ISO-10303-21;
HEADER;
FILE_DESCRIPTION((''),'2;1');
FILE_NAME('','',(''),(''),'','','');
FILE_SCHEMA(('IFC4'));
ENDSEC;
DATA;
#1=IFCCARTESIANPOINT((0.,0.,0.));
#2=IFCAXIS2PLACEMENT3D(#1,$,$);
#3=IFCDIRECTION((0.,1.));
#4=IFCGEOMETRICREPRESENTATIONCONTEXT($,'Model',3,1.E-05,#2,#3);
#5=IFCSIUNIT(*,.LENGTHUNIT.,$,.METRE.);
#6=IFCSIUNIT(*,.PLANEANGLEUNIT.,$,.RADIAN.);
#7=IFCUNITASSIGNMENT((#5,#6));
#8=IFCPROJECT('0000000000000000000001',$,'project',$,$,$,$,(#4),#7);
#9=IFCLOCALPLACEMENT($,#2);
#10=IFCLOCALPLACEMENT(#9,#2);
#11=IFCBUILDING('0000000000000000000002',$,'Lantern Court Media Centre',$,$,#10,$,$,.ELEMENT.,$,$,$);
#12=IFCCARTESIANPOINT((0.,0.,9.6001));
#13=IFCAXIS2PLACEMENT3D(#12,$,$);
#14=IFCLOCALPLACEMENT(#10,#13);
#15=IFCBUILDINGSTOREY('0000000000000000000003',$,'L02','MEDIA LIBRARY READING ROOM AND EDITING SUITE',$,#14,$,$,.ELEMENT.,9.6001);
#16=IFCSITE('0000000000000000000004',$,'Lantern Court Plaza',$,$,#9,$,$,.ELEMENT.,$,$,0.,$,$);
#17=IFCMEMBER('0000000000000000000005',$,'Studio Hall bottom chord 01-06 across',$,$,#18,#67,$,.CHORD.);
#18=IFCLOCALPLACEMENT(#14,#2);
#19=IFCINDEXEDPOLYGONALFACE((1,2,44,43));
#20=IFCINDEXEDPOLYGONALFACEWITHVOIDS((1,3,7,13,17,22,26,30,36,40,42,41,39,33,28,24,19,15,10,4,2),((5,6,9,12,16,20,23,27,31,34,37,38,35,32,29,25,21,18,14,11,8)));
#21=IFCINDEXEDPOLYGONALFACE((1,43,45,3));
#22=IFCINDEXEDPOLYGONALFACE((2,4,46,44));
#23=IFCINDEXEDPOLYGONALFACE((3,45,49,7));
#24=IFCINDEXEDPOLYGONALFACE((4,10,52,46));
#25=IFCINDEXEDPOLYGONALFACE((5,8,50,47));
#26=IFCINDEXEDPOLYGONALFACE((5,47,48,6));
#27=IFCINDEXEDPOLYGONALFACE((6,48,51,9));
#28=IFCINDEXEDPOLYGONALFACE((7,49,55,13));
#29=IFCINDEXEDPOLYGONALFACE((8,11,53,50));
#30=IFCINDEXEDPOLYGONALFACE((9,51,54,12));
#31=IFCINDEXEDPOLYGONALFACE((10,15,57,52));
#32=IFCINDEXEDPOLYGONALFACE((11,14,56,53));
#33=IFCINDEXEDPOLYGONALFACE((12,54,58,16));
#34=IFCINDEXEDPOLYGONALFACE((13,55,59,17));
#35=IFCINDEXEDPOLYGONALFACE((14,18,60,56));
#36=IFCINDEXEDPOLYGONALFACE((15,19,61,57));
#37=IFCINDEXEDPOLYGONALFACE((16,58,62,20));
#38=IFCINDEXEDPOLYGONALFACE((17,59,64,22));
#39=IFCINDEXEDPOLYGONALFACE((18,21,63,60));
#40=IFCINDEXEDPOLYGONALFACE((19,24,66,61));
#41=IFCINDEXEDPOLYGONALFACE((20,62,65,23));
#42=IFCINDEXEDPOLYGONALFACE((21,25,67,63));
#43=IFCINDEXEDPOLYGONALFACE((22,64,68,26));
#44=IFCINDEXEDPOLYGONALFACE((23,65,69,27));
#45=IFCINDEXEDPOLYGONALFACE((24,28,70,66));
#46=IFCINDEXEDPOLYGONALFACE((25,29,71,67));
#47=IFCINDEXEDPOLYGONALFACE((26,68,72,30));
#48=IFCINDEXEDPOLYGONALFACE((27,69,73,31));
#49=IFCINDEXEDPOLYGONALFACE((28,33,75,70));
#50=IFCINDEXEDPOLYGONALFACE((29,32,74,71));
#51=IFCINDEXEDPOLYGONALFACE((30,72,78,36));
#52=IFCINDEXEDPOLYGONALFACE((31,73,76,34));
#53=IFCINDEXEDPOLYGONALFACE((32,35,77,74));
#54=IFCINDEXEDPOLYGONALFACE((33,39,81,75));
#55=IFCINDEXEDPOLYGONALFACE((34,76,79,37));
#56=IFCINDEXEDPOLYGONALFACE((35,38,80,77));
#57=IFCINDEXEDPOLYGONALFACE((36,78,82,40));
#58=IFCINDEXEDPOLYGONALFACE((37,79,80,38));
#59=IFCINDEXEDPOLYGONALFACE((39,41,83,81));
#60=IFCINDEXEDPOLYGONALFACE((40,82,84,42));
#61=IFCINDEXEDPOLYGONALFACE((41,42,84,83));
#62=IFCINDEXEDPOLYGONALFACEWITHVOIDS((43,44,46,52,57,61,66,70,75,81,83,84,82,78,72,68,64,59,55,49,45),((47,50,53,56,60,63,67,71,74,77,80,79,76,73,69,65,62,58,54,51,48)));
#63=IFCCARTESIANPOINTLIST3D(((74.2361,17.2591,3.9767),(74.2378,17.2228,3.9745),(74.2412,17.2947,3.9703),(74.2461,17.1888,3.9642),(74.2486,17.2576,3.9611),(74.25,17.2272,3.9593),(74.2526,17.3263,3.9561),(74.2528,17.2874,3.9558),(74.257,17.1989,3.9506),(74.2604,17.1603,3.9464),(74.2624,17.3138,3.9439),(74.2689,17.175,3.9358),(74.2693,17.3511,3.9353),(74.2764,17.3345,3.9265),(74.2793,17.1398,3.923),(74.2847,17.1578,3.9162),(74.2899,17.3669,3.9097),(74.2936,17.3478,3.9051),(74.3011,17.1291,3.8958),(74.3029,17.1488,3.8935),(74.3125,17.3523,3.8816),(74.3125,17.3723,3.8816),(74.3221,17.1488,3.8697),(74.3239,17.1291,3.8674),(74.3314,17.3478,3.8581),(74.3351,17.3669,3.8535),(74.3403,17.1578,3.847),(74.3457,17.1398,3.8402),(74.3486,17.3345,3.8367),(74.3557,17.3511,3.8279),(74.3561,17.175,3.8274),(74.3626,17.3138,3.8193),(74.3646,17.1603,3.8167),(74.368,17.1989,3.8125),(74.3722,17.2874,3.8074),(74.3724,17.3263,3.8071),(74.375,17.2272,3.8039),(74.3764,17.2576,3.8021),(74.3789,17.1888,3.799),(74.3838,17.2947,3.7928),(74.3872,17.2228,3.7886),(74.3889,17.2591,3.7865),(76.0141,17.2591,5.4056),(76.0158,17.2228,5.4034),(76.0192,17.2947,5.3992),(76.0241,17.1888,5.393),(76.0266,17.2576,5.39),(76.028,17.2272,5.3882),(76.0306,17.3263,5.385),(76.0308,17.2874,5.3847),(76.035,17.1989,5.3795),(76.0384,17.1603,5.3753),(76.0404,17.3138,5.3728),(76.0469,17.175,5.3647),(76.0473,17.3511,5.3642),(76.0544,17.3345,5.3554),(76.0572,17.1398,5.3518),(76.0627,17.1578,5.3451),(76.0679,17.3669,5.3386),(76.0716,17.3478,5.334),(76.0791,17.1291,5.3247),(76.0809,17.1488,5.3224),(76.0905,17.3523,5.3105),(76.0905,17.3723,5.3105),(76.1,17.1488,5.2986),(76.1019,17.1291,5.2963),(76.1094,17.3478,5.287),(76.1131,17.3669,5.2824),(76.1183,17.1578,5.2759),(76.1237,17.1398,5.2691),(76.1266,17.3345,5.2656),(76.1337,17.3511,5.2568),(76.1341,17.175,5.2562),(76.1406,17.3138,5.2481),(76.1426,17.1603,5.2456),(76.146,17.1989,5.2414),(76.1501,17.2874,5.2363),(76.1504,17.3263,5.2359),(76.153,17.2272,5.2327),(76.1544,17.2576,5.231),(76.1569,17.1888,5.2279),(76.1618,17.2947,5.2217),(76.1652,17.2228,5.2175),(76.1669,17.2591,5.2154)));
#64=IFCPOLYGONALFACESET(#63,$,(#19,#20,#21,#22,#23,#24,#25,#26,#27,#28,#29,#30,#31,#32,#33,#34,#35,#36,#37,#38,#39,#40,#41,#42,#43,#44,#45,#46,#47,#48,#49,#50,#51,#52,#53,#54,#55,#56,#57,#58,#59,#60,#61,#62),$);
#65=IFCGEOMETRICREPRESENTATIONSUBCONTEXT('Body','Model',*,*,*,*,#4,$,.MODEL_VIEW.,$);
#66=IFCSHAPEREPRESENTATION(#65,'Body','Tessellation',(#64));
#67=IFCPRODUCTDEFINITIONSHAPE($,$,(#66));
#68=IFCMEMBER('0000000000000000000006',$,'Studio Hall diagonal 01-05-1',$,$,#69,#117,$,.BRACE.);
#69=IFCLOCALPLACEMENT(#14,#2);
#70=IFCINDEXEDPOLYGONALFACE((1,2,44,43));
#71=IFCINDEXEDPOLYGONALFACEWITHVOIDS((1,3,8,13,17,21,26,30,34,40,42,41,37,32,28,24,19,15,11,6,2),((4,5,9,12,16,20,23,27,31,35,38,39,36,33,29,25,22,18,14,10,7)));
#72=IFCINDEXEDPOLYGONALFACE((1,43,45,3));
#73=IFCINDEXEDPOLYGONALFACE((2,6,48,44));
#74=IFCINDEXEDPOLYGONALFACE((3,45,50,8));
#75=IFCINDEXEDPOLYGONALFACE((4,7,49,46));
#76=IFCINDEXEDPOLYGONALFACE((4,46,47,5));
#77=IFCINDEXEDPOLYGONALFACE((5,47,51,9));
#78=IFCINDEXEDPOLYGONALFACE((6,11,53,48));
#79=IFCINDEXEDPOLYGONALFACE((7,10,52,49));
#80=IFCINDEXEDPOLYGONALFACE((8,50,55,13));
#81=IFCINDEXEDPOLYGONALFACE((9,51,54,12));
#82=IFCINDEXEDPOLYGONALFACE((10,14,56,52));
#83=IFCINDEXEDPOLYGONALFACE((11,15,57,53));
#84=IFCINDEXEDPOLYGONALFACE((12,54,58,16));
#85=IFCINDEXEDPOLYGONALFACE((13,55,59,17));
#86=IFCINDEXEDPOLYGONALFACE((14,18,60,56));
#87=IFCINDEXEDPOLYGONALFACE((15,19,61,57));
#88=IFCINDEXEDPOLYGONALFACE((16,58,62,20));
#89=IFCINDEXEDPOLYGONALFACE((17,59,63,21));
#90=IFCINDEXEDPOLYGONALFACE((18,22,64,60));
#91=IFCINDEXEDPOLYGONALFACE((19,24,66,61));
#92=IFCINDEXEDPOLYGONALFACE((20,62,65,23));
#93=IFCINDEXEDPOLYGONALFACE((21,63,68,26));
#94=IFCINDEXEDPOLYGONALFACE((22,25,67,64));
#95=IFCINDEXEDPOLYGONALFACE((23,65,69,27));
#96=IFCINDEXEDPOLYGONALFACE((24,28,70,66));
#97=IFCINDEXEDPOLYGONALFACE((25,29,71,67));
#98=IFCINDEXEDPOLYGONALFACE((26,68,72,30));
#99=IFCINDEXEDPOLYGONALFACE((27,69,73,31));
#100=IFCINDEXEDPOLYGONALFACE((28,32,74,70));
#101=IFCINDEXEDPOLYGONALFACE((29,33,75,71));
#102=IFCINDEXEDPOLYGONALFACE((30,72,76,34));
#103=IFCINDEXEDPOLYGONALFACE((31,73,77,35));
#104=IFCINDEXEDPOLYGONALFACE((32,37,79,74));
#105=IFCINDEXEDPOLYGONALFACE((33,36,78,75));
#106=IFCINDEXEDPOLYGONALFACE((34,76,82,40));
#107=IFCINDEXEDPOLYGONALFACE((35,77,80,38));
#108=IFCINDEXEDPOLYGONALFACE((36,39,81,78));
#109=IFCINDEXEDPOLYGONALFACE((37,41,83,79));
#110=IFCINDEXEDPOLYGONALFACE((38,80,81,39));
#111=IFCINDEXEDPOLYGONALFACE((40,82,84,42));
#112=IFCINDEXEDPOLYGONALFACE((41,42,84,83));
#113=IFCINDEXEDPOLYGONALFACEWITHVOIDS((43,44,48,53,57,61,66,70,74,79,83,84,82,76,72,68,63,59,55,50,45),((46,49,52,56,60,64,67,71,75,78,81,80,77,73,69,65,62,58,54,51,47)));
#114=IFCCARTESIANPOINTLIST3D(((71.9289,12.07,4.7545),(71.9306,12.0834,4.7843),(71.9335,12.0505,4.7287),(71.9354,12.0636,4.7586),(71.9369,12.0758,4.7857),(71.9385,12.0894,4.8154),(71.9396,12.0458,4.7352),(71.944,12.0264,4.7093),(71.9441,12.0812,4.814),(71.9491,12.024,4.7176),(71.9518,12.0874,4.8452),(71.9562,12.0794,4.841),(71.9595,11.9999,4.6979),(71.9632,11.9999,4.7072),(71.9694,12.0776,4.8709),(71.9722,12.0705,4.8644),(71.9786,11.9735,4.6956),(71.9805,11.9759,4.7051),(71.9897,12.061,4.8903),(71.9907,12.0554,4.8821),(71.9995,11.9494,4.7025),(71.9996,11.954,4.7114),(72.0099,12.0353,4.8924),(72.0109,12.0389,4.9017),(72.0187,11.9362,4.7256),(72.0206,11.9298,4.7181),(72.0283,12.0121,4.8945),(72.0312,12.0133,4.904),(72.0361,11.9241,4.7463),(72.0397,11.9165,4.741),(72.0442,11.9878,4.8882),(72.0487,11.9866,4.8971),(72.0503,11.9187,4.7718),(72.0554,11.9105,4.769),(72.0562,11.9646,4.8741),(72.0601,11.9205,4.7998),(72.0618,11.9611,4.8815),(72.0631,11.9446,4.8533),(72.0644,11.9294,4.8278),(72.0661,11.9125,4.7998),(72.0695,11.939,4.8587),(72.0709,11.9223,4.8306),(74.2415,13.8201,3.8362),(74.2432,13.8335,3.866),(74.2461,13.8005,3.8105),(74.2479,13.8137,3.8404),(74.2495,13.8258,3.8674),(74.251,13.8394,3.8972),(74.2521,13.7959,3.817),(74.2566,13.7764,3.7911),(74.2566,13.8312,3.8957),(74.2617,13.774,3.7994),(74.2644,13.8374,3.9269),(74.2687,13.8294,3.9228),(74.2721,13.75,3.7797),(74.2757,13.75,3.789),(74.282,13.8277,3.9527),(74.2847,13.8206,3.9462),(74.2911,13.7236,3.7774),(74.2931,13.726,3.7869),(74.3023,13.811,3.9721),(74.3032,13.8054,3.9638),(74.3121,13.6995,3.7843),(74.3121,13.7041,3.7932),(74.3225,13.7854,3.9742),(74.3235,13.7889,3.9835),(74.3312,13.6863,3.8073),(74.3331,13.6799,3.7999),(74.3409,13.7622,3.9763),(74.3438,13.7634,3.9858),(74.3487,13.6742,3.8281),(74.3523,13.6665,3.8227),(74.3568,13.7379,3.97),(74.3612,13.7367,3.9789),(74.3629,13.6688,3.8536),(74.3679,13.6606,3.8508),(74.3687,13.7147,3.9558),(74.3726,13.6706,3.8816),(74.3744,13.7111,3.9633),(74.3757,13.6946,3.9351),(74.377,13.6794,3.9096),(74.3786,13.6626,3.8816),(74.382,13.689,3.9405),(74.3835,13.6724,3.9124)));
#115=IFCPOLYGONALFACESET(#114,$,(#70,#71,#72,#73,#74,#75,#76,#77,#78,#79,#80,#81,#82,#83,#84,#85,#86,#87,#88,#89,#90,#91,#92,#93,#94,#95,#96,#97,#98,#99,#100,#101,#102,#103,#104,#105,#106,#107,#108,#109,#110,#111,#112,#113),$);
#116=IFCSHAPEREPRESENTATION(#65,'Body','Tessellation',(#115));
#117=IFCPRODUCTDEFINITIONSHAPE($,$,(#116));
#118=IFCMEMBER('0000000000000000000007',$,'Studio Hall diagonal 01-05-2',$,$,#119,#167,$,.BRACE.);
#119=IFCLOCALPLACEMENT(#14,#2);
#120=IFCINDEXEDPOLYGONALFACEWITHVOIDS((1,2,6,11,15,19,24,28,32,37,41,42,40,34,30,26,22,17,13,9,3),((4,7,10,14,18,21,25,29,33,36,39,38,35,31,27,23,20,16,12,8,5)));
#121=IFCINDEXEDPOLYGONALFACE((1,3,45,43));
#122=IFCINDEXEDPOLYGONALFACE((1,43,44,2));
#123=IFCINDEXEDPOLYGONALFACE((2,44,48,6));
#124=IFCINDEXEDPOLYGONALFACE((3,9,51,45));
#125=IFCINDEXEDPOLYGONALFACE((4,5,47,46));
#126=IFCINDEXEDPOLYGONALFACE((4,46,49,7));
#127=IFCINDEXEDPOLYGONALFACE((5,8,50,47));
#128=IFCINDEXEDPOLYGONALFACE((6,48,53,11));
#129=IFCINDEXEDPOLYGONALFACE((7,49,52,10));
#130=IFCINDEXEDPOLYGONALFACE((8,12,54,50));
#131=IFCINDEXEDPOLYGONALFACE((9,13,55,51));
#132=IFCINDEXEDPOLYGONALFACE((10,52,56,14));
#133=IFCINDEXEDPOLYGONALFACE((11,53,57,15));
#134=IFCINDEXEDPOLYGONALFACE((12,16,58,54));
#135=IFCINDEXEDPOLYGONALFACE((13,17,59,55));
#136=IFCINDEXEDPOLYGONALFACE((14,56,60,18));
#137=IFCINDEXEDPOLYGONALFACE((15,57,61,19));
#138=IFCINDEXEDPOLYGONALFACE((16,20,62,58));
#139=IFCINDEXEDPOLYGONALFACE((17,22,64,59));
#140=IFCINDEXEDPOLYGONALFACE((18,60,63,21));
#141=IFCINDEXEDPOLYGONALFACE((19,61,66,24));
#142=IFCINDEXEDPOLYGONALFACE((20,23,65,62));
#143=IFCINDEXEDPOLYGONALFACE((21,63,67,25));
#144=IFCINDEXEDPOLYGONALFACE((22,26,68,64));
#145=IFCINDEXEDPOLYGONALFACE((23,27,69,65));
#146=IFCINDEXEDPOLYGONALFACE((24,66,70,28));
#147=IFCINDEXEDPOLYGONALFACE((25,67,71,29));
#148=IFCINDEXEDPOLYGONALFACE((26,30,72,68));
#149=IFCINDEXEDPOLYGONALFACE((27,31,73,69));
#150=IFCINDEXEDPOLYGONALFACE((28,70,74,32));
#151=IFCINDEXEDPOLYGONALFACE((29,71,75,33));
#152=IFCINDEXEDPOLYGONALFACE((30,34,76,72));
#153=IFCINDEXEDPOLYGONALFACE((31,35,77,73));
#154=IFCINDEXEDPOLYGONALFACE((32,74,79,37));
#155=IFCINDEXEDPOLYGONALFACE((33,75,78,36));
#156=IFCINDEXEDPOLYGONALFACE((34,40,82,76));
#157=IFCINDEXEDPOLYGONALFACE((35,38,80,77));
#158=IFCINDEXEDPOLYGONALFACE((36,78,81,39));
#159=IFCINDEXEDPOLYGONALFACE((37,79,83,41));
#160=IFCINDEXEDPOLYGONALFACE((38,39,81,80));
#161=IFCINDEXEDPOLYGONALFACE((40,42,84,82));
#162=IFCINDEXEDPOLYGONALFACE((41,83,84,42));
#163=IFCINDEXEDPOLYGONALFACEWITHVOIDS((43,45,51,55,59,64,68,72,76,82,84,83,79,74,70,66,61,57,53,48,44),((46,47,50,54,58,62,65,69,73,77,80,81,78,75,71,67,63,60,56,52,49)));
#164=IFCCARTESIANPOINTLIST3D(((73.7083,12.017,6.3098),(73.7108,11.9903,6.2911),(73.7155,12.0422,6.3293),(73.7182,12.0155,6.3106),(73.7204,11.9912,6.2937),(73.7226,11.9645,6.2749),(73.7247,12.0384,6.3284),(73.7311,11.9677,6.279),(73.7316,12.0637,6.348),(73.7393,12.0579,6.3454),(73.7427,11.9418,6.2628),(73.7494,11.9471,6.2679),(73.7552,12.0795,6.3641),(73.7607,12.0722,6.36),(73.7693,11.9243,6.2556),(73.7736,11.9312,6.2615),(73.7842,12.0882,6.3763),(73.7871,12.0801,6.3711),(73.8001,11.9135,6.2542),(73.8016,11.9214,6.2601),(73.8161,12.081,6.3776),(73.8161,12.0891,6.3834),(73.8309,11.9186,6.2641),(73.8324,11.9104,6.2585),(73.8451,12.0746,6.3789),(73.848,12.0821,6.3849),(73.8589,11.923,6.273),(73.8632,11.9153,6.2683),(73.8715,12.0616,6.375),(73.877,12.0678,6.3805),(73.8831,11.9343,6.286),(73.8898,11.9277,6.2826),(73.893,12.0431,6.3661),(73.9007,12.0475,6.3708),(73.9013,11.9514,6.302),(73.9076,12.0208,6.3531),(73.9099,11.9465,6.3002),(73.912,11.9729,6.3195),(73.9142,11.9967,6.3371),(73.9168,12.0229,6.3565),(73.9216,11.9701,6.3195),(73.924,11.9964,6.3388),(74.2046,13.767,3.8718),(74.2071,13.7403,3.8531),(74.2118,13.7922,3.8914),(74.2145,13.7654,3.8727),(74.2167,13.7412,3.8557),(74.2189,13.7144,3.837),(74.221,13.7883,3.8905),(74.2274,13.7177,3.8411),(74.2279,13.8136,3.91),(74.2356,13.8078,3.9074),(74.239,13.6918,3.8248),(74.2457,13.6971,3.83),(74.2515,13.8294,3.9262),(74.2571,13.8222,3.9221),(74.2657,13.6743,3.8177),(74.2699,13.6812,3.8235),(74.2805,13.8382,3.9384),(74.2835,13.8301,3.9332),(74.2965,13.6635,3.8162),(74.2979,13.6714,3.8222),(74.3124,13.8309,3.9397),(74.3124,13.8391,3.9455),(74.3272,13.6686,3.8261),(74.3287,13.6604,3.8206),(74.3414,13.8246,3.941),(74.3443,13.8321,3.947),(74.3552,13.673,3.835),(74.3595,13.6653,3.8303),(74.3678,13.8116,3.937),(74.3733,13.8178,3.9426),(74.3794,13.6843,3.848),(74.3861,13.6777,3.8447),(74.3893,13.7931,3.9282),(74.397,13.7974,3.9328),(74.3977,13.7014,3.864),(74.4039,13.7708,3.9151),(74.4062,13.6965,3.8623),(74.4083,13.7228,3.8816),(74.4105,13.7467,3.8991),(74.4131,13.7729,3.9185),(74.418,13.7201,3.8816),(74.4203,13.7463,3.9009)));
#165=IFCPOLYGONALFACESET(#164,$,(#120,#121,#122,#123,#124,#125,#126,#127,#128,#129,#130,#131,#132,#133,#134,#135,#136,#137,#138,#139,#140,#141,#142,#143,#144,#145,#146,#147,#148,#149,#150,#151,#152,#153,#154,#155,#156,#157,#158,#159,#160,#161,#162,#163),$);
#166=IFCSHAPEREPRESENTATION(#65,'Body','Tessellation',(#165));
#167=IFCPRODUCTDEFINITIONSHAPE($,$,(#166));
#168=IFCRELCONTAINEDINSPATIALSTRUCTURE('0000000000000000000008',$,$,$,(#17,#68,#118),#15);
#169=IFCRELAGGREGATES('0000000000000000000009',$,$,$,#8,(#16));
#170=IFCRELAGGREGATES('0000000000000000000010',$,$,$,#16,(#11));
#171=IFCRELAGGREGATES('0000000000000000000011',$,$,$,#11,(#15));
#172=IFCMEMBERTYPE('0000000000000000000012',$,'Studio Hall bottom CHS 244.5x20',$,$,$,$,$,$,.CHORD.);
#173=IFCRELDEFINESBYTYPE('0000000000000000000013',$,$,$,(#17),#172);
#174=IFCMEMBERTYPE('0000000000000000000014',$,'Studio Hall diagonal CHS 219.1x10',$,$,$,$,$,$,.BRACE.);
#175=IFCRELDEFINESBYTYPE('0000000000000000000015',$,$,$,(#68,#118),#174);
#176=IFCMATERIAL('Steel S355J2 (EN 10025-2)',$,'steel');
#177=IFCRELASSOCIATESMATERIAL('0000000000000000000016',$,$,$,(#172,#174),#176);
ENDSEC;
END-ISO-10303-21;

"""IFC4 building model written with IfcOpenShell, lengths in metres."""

from ifc_helpers import new_model, si_unit, direction, frame, origin, origin_2d, place, context, subcontext, project, spatial, hollow_circle, extrude, material, material_profile, profile_set, type_object, element, save


model = new_model("IFC4")

# Units and contexts
model_context = context("Model", 3, precision=1e-05, world=origin(), true_north=direction((0.0, 1.0)))
body_context = subcontext(model_context, "Body", "Model", "MODEL_VIEW")
ifc_project = project(units=[si_unit("LENGTHUNIT", "METRE"), si_unit("PLANEANGLEUNIT", "RADIAN")], contexts=[model_context])

# Site, building, storey
site_placement = place(None, origin())
site = spatial("IfcSite", under=ifc_project, at=site_placement, Name="Lantern Court Plaza", CompositionType="ELEMENT", RefElevation=0.0)
building_placement = place(site_placement, origin())
building = spatial("IfcBuilding", under=site, at=building_placement, Name="Lantern Court Media Centre", CompositionType="ELEMENT")
storey_placement = place(building_placement, frame((0.0, 0.0, 9.6001)))
storey = spatial("IfcBuildingStorey", under=building, at=storey_placement, Name="L02", Description="MEDIA LIBRARY READING ROOM AND EDITING SUITE", CompositionType="ELEMENT", Elevation=9.6001)

# Members
ifc_material_1 = material(Name="Steel S355J2 (EN 10025-2)", Category="steel")
ifc_material_profile_1 = material_profile(ifc_material_1, hollow_circle(Radius=0.1223, WallThickness=0.02, at=origin_2d()), Name="Studio Hall bottom CHS 244.5x20")
ifc_profile_set_1 = profile_set([ifc_material_profile_1], Name="Steel S355J2 (EN 10025-2)")
member_type_1 = type_object("IfcMemberType", Name="Studio Hall bottom CHS 244.5x20", PredefinedType="CHORD", material=ifc_profile_set_1)
for number, where, z_axis, x_axis, name in (
    (1, (74.3125, 17.25, 3.8816), (0.779478, 0.0, 0.626429), (0.0, 1.0, 0.0), "Studio Hall bottom chord 01-06 across"),
):
    element("IfcMember", number, at=place(storey_placement, frame(where, z_axis=z_axis, x_axis=x_axis)), inside=storey, type_object=member_type_1, Name=name, PredefinedType="CHORD", context=body_context, shape_type="SweptSolid", body=[
        extrude(hollow_circle(Radius=0.1223, WallThickness=0.02, at=origin_2d()), origin(), (0.0, 0.0, 1.0), 2.281),
    ])
ifc_material_profile_2 = material_profile(ifc_material_1, hollow_circle(Radius=0.1096, WallThickness=0.01, at=origin_2d()), Name="Studio Hall diagonal CHS 219.1x10")
ifc_profile_set_2 = profile_set([ifc_material_profile_2], Name="Steel S355J2 (EN 10025-2)")
member_type_2 = type_object("IfcMemberType", Name="Studio Hall diagonal CHS 219.1x10", PredefinedType="BRACE", material=ifc_profile_set_2)
member_1_placement = place(storey_placement, frame((74.3125, 13.75, 3.8816), z_axis=(-0.760211, -0.575295, 0.301853), x_axis=(0.603443, -0.797406, 0.0)))
element("IfcMember", 2, at=member_1_placement, inside=storey, type_object=member_type_2, Name="Studio Hall diagonal 01-05-1", PredefinedType="BRACE", context=body_context, shape_type="SweptSolid", body=[
    extrude(hollow_circle(Radius=0.1096, WallThickness=0.01, at=origin_2d()), origin(), (0.0, 0.0, 1.0), 3.042),
])
for number, where, z_axis, x_axis, name in (
    (3, (74.3125, 13.75, 3.8816), (-0.163172, -0.575314, 0.801491), (0.962054, -0.272859, 0.0), "Studio Hall diagonal 01-05-2"),
):
    element("IfcMember", number, at=place(storey_placement, frame(where, z_axis=z_axis, x_axis=x_axis)), inside=storey, type_object=member_type_2, Name=name, PredefinedType="BRACE", context=body_context, shape_type="SweptSolid", body=[
        extrude(hollow_circle(Radius=0.1096, WallThickness=0.01, at=origin_2d()), origin(), (0.0, 0.0, 1.0), 3.0417),
    ])

save(model, "model.ifc")
